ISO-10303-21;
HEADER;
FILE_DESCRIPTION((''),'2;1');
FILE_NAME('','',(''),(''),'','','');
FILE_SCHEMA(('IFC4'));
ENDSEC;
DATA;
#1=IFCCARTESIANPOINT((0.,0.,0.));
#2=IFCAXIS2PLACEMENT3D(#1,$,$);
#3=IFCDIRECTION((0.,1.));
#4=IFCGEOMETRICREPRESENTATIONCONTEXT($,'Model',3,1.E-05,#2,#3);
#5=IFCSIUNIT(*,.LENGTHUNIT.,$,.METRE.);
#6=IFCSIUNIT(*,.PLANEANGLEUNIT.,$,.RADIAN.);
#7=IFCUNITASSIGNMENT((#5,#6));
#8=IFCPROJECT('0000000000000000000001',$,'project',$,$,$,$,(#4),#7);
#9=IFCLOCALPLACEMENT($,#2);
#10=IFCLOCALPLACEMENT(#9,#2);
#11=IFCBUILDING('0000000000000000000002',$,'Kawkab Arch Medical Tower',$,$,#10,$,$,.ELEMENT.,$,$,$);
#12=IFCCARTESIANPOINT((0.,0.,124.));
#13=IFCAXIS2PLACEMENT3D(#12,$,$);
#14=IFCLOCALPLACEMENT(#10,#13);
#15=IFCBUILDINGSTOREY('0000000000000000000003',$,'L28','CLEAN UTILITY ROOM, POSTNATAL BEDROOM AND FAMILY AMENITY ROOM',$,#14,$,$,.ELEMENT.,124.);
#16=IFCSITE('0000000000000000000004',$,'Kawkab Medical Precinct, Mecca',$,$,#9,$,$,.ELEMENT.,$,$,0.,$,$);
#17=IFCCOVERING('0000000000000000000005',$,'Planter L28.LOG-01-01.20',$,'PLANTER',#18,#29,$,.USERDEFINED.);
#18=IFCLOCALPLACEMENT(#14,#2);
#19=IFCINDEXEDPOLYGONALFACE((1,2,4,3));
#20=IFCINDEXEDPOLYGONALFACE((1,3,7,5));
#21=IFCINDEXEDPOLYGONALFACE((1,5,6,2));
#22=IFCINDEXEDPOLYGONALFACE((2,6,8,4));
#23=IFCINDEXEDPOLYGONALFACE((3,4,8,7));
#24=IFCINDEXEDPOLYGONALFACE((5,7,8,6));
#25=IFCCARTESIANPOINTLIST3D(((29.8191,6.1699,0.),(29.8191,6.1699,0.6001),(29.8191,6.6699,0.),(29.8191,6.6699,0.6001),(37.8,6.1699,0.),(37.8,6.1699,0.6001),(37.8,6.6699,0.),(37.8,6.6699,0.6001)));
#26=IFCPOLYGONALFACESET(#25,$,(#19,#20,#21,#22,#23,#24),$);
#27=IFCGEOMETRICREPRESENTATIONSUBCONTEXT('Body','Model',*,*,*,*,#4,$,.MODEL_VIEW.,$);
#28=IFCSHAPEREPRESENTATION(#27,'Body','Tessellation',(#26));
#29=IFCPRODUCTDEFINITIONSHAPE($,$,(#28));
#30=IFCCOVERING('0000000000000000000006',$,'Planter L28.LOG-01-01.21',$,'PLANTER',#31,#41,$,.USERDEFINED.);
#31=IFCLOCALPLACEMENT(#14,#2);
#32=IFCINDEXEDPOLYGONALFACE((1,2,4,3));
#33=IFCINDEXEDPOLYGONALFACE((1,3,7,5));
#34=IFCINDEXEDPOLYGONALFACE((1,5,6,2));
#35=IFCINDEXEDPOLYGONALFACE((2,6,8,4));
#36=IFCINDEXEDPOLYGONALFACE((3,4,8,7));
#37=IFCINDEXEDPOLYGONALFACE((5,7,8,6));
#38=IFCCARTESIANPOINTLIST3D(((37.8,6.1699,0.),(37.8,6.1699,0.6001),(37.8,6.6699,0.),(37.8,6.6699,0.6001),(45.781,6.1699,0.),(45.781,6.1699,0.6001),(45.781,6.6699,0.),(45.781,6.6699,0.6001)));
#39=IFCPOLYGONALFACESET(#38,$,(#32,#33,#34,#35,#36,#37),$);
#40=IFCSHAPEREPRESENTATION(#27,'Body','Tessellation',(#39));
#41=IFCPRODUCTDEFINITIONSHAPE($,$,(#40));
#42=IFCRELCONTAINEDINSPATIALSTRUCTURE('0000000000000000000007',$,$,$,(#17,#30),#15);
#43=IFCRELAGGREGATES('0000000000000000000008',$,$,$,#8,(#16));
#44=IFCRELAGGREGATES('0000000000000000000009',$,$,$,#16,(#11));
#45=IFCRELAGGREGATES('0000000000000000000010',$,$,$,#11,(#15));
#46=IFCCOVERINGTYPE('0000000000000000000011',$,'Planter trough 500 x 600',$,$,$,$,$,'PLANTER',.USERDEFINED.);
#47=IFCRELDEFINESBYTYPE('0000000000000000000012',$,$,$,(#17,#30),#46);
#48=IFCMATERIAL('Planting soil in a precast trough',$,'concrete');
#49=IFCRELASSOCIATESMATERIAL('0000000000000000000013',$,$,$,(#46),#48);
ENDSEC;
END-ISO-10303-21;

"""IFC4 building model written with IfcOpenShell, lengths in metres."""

from ifc_helpers import new_model, si_unit, direction, frame, origin, origin_2d, place, context, subcontext, project, spatial, rectangle, extrude, material, material_profile, profile_set, type_object, element, save


model = new_model("IFC4")

# Units and contexts
model_context = context("Model", 3, precision=1e-05, world=origin(), true_north=direction((0.0, 1.0)))
body_context = subcontext(model_context, "Body", "Model", "MODEL_VIEW")
ifc_project = project(units=[si_unit("LENGTHUNIT", "METRE"), si_unit("PLANEANGLEUNIT", "RADIAN")], contexts=[model_context])

# Site, building, storey
site_placement = place(None, origin())
site = spatial("IfcSite", under=ifc_project, at=site_placement, Name="Kawkab Medical Precinct, Mecca", CompositionType="ELEMENT", RefElevation=0.0)
building_placement = place(site_placement, origin())
building = spatial("IfcBuilding", under=site, at=building_placement, Name="Kawkab Arch Medical Tower", CompositionType="ELEMENT")
storey_placement = place(building_placement, frame((0.0, 0.0, 124.0)))
storey = spatial("IfcBuildingStorey", under=building, at=storey_placement, Name="L28", Description="CLEAN UTILITY ROOM, POSTNATAL BEDROOM AND FAMILY AMENITY ROOM", CompositionType="ELEMENT", Elevation=124.0)

# Coverings
ifc_material_1 = material(Name="Planting soil in a precast trough", Category="concrete")
ifc_material_profile_1 = material_profile(ifc_material_1, rectangle(XDim=0.5, YDim=0.6001, at=origin_2d()), Name="Trough 500x600")
ifc_profile_set_1 = profile_set([ifc_material_profile_1], Name="Planting soil in a precast trough")
covering_type_1 = type_object("IfcCoveringType", Name="Planter trough 500 x 600", ElementType="PLANTER", PredefinedType="USERDEFINED", material=ifc_profile_set_1)
for number, where, z_axis, x_axis, name in (
    (1, (29.8191, 6.4199, 0.3), (1.0, 0.0, 0.0), (0.0, 1.0, 0.0), "Planter L28.LOG-01-01.20"),
    (2, (37.8, 6.4199, 0.3), (1.0, 0.0, 0.0), (0.0, 1.0, 0.0), "Planter L28.LOG-01-01.21"),
):
    element("IfcCovering", number, at=place(storey_placement, frame(where, z_axis=z_axis, x_axis=x_axis)), inside=storey, type_object=covering_type_1, Name=name, ObjectType="PLANTER", PredefinedType="USERDEFINED", context=body_context, shape_type="SweptSolid", body=[
        extrude(rectangle(XDim=0.5, YDim=0.6001, at=origin_2d()), origin(), (0.0, 0.0, 1.0), 7.981),
    ])

save(model, "model.ifc")
